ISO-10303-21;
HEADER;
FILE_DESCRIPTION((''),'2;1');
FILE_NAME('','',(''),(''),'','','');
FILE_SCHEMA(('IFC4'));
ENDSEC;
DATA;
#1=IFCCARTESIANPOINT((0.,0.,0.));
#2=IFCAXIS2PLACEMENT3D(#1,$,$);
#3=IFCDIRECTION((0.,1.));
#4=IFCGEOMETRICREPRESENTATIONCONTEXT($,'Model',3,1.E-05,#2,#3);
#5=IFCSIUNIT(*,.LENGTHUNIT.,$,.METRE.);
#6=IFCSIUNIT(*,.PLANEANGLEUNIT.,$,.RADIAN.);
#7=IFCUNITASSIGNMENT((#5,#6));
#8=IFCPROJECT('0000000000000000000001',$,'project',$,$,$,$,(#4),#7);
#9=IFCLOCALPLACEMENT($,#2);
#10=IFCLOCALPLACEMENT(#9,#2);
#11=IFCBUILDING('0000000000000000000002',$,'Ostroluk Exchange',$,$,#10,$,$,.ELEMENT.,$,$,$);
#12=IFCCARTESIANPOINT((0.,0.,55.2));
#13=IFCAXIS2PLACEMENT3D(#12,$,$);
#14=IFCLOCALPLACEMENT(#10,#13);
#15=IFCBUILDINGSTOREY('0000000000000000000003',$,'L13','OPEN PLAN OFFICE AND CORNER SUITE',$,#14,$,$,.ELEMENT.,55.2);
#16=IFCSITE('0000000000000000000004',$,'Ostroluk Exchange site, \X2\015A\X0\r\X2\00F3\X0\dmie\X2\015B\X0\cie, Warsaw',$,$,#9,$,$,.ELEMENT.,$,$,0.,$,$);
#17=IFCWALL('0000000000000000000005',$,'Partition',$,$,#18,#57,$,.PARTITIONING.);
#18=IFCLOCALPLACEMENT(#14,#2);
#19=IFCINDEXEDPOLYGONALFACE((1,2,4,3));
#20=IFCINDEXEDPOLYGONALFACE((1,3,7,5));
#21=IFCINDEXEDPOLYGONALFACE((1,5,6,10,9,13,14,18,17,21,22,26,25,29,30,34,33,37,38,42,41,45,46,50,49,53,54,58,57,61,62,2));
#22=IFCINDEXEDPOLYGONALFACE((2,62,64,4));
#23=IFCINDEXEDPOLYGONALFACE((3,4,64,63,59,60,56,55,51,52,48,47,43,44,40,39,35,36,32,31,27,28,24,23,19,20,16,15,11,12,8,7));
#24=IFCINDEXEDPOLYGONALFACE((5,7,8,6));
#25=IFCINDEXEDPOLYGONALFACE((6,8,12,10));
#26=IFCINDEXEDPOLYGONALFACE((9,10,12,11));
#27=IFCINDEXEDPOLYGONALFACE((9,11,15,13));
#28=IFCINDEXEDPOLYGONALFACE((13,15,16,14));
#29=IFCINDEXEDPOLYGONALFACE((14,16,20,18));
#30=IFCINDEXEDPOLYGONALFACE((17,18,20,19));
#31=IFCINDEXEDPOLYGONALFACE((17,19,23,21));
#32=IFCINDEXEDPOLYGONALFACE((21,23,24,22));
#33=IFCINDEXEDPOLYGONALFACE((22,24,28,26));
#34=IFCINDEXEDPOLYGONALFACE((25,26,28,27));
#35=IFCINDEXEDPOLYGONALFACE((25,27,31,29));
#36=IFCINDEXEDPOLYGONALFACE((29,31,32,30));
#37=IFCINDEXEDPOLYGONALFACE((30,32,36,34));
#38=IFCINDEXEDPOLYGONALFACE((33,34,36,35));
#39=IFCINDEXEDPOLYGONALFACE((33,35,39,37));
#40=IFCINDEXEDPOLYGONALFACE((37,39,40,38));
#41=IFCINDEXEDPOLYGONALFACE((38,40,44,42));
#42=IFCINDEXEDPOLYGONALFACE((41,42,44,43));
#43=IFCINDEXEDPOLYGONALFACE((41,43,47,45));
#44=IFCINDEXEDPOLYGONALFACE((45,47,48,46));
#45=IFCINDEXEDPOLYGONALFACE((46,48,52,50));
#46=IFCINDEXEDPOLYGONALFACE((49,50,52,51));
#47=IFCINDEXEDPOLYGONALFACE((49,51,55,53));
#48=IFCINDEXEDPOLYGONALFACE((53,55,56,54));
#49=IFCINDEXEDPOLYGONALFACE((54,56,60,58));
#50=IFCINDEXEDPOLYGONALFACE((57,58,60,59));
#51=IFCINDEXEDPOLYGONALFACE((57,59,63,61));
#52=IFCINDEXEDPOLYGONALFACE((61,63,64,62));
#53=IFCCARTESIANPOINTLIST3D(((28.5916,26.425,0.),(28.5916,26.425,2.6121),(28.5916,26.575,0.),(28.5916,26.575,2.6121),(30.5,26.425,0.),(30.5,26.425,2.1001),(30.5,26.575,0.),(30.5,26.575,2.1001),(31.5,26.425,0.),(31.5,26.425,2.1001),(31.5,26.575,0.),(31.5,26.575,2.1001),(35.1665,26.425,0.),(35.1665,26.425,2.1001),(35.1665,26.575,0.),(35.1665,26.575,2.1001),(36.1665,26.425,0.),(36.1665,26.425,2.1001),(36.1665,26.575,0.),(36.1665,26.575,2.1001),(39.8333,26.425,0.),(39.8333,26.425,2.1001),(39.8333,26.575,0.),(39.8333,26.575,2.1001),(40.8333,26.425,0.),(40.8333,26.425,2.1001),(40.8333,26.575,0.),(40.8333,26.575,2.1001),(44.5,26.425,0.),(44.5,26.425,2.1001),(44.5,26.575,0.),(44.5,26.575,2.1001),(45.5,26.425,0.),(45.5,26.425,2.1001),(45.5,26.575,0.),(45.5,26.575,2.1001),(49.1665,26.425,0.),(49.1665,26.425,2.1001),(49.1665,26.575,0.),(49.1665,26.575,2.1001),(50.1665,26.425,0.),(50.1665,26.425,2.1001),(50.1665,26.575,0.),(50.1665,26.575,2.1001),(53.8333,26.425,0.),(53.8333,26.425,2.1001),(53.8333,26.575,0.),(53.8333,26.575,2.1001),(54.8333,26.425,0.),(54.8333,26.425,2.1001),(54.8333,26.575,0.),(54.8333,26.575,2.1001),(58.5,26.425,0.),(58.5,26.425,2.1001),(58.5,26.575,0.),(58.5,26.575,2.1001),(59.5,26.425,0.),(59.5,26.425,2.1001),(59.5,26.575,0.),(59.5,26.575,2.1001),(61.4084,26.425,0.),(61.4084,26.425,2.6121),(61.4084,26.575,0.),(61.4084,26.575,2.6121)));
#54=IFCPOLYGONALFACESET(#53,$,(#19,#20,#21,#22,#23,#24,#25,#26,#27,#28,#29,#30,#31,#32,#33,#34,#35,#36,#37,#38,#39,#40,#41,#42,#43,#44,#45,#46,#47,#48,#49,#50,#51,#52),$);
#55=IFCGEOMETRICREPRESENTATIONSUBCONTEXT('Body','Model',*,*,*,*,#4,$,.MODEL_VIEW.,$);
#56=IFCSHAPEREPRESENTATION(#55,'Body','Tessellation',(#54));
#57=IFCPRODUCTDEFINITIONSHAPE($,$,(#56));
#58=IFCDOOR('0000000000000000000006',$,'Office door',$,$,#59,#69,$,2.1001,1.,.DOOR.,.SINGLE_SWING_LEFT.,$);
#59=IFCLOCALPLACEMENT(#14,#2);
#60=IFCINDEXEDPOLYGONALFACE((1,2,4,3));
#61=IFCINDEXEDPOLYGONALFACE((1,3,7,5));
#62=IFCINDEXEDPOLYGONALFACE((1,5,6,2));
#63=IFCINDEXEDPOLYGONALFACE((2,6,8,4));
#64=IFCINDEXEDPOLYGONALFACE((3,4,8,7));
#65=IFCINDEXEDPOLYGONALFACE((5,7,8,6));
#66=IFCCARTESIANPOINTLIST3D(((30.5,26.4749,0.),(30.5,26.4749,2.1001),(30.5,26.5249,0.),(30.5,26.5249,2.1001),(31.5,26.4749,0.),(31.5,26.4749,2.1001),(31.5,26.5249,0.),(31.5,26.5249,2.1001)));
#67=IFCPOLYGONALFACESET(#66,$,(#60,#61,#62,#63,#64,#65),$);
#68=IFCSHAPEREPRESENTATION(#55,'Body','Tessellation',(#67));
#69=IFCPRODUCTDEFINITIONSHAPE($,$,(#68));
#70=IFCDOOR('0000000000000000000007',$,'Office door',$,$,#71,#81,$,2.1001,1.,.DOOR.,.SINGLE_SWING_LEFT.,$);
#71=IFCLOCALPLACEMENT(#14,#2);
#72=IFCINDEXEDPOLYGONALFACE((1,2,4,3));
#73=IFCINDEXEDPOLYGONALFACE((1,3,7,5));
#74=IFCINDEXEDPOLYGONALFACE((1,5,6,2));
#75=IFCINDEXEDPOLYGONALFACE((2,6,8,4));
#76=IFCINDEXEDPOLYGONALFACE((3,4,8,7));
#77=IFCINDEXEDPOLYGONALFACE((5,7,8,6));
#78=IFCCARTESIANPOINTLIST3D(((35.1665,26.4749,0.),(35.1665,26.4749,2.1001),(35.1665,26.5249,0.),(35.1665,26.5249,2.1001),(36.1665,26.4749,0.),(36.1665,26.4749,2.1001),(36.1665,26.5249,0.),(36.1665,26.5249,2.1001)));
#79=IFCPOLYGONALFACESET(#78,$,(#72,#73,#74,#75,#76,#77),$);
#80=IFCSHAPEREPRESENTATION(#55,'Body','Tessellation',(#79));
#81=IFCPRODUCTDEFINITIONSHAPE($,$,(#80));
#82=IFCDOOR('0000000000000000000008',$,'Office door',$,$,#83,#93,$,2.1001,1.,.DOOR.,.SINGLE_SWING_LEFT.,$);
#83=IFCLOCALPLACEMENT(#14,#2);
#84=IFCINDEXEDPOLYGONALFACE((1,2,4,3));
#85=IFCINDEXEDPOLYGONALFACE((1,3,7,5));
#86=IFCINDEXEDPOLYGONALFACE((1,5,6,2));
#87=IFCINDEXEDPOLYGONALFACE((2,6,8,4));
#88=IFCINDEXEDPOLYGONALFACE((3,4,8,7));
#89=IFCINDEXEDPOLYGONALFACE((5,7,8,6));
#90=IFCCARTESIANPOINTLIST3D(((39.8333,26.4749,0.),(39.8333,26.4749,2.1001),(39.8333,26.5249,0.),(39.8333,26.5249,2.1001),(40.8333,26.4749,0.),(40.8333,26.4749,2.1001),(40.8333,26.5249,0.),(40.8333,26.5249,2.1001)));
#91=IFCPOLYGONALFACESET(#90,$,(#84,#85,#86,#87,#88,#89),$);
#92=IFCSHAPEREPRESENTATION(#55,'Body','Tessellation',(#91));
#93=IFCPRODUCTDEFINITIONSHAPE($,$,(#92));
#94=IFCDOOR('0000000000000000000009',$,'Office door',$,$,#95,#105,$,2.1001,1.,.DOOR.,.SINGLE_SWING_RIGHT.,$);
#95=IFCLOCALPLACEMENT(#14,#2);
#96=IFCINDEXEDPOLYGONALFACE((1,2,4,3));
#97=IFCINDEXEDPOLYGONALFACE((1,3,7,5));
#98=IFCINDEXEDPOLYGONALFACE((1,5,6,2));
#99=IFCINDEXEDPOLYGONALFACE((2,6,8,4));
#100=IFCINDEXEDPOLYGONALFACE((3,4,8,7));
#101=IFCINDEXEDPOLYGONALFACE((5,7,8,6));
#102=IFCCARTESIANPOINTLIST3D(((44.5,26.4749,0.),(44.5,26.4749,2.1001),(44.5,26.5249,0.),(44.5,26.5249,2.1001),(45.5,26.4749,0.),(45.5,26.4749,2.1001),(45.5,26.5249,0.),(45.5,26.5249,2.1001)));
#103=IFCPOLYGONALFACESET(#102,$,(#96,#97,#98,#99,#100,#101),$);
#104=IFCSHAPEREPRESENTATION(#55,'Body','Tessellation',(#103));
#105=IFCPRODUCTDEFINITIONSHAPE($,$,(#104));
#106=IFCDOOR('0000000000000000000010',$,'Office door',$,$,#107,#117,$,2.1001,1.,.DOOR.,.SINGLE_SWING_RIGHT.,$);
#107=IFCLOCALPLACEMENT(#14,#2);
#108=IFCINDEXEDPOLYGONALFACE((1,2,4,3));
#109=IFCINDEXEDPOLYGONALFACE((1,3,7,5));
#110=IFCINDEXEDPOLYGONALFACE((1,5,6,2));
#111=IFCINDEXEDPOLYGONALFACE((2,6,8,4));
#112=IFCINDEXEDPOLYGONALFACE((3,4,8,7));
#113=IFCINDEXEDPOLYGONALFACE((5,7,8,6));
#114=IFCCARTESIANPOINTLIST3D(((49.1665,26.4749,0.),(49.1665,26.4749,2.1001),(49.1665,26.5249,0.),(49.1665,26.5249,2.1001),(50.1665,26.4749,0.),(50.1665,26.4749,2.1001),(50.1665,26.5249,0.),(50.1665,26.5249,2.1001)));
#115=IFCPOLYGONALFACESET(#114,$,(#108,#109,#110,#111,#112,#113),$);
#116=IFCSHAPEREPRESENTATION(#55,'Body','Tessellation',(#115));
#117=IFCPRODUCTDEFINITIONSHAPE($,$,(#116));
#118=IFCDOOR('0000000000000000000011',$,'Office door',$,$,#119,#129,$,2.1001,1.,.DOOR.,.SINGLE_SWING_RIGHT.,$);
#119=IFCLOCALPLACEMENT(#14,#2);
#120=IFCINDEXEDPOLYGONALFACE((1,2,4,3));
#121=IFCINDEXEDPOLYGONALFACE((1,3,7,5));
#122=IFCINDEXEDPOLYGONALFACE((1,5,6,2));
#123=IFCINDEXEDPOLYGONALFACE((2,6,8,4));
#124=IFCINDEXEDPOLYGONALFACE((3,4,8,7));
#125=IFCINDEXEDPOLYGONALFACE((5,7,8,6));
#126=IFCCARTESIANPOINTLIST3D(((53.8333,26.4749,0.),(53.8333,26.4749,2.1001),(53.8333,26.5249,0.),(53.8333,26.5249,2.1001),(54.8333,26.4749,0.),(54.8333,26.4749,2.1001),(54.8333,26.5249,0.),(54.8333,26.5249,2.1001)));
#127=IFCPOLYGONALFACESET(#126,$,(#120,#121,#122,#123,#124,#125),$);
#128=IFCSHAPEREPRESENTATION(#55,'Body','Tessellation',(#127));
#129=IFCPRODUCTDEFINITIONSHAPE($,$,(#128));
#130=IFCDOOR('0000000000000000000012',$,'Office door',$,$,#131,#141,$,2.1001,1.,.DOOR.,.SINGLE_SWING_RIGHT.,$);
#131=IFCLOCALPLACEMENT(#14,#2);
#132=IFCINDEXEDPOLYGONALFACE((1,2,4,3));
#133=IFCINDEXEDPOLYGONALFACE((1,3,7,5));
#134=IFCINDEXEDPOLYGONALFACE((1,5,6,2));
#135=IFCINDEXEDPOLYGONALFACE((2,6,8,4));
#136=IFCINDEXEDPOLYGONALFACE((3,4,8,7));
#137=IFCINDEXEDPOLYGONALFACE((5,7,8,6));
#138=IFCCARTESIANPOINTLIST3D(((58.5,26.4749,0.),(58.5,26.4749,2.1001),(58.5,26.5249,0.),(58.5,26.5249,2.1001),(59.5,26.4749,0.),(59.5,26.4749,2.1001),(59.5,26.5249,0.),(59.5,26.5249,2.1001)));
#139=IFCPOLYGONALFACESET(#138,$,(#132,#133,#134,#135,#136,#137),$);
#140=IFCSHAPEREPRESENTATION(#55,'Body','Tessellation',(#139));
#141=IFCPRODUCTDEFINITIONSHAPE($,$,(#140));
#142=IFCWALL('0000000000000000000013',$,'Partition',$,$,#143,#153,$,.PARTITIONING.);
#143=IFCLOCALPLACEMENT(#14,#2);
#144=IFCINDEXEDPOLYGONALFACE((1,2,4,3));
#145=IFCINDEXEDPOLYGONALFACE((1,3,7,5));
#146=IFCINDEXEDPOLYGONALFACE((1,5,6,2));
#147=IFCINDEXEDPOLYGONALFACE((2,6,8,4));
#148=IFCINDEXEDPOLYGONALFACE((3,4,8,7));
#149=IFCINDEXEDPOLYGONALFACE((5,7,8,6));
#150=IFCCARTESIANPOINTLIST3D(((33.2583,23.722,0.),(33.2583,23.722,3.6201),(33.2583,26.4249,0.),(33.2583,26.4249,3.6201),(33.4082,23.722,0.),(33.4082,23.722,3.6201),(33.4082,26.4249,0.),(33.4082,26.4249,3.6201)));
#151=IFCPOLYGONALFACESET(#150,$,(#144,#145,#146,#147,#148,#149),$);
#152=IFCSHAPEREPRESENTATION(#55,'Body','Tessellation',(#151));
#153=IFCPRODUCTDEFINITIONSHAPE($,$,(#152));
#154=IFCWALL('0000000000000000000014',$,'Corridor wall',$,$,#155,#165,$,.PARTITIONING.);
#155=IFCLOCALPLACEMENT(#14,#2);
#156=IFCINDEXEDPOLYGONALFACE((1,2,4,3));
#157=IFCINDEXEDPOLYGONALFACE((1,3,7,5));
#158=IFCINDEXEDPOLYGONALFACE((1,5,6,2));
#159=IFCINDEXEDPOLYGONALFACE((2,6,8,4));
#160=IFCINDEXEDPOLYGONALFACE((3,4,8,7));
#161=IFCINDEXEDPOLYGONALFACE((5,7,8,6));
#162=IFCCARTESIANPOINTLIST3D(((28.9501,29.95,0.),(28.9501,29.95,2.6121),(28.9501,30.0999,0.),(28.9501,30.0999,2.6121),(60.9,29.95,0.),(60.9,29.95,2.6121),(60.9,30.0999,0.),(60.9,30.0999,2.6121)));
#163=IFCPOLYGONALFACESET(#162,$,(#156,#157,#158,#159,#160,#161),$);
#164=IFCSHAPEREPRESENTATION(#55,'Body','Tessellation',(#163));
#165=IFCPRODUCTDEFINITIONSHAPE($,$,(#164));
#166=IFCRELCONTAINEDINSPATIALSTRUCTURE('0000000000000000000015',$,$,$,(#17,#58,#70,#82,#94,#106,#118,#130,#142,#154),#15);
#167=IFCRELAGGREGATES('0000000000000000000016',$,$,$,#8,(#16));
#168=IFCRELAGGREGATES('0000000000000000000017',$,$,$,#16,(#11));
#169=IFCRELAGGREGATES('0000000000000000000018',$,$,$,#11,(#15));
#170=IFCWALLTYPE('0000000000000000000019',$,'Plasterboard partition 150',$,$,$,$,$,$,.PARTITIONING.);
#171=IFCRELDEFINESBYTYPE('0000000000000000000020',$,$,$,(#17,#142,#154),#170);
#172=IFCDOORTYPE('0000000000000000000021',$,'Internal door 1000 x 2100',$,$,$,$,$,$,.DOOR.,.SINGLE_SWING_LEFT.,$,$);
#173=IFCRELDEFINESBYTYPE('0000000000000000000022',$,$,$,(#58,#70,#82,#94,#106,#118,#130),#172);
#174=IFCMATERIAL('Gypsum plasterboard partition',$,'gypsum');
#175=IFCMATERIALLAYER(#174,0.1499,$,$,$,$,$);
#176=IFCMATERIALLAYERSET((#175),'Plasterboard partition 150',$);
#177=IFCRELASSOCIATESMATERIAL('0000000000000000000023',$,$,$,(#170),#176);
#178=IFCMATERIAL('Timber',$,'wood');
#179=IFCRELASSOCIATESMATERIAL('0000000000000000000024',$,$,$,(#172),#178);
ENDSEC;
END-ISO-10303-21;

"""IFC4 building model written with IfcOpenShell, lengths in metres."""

from ifc_helpers import new_model, si_unit, direction, frame, frame_2d, origin, place, context, subcontext, project, spatial, rectangle, extrude, material, layer, layer_set, type_object, element, fill, save


model = new_model("IFC4")

# Units and contexts
model_context = context("Model", 3, precision=1e-05, world=origin(), true_north=direction((0.0, 1.0)))
body_context = subcontext(model_context, "Body", "Model", "MODEL_VIEW")
ifc_project = project(units=[si_unit("LENGTHUNIT", "METRE"), si_unit("PLANEANGLEUNIT", "RADIAN")], contexts=[model_context])

# Site, building, storey
site_placement = place(None, origin())
site = spatial("IfcSite", under=ifc_project, at=site_placement, Name="Ostroluk Exchange site, Śródmieście, Warsaw", CompositionType="ELEMENT", RefElevation=0.0)
building_placement = place(site_placement, origin())
building = spatial("IfcBuilding", under=site, at=building_placement, Name="Ostroluk Exchange", CompositionType="ELEMENT")
storey_placement = place(building_placement, frame((0.0, 0.0, 55.2)))
storey = spatial("IfcBuildingStorey", under=building, at=storey_placement, Name="L13", Description="OPEN PLAN OFFICE AND CORNER SUITE", CompositionType="ELEMENT", Elevation=55.2)

# Wall, openings, doors
ifc_material_1 = material(Name="Gypsum plasterboard partition", Category="gypsum")
ifc_layer_1 = layer(ifc_material_1, 0.1499)
ifc_layer_set_1 = layer_set([ifc_layer_1], Name="Plasterboard partition 150")
wall_type_1 = type_object("IfcWallType", Name="Plasterboard partition 150", PredefinedType="PARTITIONING", material=ifc_layer_set_1)
wall_1_placement = place(storey_placement, frame((28.5916, 26.5, 0.0), z_axis=(0.0, 0.0, 1.0), x_axis=(1.0, 0.0, 0.0)))
wall_1 = element("IfcWall", 1, at=wall_1_placement, inside=storey, type_object=wall_type_1, Name="Partition", PredefinedType="PARTITIONING", context=body_context, shape_type="SweptSolid", body=[
    extrude(rectangle(XDim=32.8169, YDim=0.1499, at=frame_2d((16.4084, 0.0))), origin(), (0.0, 0.0, 1.0), 2.6121),
])
opening_1_placement = place(wall_1_placement, frame((1.9084, 0.0, 0.0)))
opening_1 = element("IfcOpeningElement", 2, at=opening_1_placement, cuts=wall_1, PredefinedType="OPENING", context=body_context, shape_type="SweptSolid", body=[
    extrude(rectangle(XDim=1.0, YDim=2.1001, at=frame_2d((0.5, 1.05))), frame((0.0, 0.085, 0.0), z_axis=(0.0, -1.0, 0.0), x_axis=(1.0, 0.0, 0.0)), (0.0, 0.0, 1.0), 0.1699),
])
opening_2_placement = place(wall_1_placement, frame((6.575, 0.0, 0.0)))
opening_2 = element("IfcOpeningElement", 3, at=opening_2_placement, cuts=wall_1, PredefinedType="OPENING", context=body_context, shape_type="SweptSolid", body=[
    extrude(rectangle(XDim=1.0, YDim=2.1001, at=frame_2d((0.5, 1.05))), frame((0.0, 0.085, 0.0), z_axis=(0.0, -1.0, 0.0), x_axis=(1.0, 0.0, 0.0)), (0.0, 0.0, 1.0), 0.1699),
])
opening_3_placement = place(wall_1_placement, frame((11.2417, 0.0, 0.0)))
opening_3 = element("IfcOpeningElement", 4, at=opening_3_placement, cuts=wall_1, PredefinedType="OPENING", context=body_context, shape_type="SweptSolid", body=[
    extrude(rectangle(XDim=1.0, YDim=2.1001, at=frame_2d((0.5, 1.05))), frame((0.0, 0.085, 0.0), z_axis=(0.0, -1.0, 0.0), x_axis=(1.0, 0.0, 0.0)), (0.0, 0.0, 1.0), 0.1699),
])
opening_4_placement = place(wall_1_placement, frame((15.9084, 0.0, 0.0)))
opening_4 = element("IfcOpeningElement", 5, at=opening_4_placement, cuts=wall_1, PredefinedType="OPENING", context=body_context, shape_type="SweptSolid", body=[
    extrude(rectangle(XDim=1.0, YDim=2.1001, at=frame_2d((0.5, 1.05))), frame((0.0, 0.085, 0.0), z_axis=(0.0, -1.0, 0.0), x_axis=(1.0, 0.0, 0.0)), (0.0, 0.0, 1.0), 0.1699),
])
opening_5_placement = place(wall_1_placement, frame((20.575, 0.0, 0.0)))
opening_5 = element("IfcOpeningElement", 6, at=opening_5_placement, cuts=wall_1, PredefinedType="OPENING", context=body_context, shape_type="SweptSolid", body=[
    extrude(rectangle(XDim=1.0, YDim=2.1001, at=frame_2d((0.5, 1.05))), frame((0.0, 0.085, 0.0), z_axis=(0.0, -1.0, 0.0), x_axis=(1.0, 0.0, 0.0)), (0.0, 0.0, 1.0), 0.1699),
])
opening_6_placement = place(wall_1_placement, frame((25.2417, 0.0, 0.0)))
opening_6 = element("IfcOpeningElement", 7, at=opening_6_placement, cuts=wall_1, PredefinedType="OPENING", context=body_context, shape_type="SweptSolid", body=[
    extrude(rectangle(XDim=1.0, YDim=2.1001, at=frame_2d((0.5, 1.05))), frame((0.0, 0.085, 0.0), z_axis=(0.0, -1.0, 0.0), x_axis=(1.0, 0.0, 0.0)), (0.0, 0.0, 1.0), 0.1699),
])
opening_7_placement = place(wall_1_placement, frame((29.9084, 0.0, 0.0)))
opening_7 = element("IfcOpeningElement", 8, at=opening_7_placement, cuts=wall_1, PredefinedType="OPENING", context=body_context, shape_type="SweptSolid", body=[
    extrude(rectangle(XDim=1.0, YDim=2.1001, at=frame_2d((0.5, 1.05))), frame((0.0, 0.085, 0.0), z_axis=(0.0, -1.0, 0.0), x_axis=(1.0, 0.0, 0.0)), (0.0, 0.0, 1.0), 0.1699),
])
ifc_material_2 = material(Name="Timber", Category="wood")
door_type_1 = type_object("IfcDoorType", Name="Internal door 1000 x 2100", OperationType="SINGLE_SWING_LEFT", PredefinedType="DOOR", material=ifc_material_2)
door_1_placement = place(opening_1_placement, origin())
door_1 = element("IfcDoor", 9, at=door_1_placement, inside=storey, type_object=door_type_1, Name="Office door", OperationType="SINGLE_SWING_LEFT", OverallHeight=2.1001, OverallWidth=1.0, PredefinedType="DOOR", context=body_context, shape_type="SweptSolid", body=[
    extrude(rectangle(XDim=1.0, YDim=2.1001, at=frame_2d((0.5, 1.05))), frame((0.0, 0.0249, 0.0), z_axis=(0.0, -1.0, 0.0), x_axis=(1.0, 0.0, 0.0)), (0.0, 0.0, 1.0), 0.05),
])
fill(opening_1, door_1)
door_2_placement = place(opening_2_placement, origin())
door_2 = element("IfcDoor", 10, at=door_2_placement, inside=storey, type_object=door_type_1, Name="Office door", OperationType="SINGLE_SWING_LEFT", OverallHeight=2.1001, OverallWidth=1.0, PredefinedType="DOOR", context=body_context, shape_type="SweptSolid", body=[
    extrude(rectangle(XDim=1.0, YDim=2.1001, at=frame_2d((0.5, 1.05))), frame((0.0, 0.0249, 0.0), z_axis=(0.0, -1.0, 0.0), x_axis=(1.0, 0.0, 0.0)), (0.0, 0.0, 1.0), 0.05),
])
fill(opening_2, door_2)
door_3_placement = place(opening_3_placement, origin())
door_3 = element("IfcDoor", 11, at=door_3_placement, inside=storey, type_object=door_type_1, Name="Office door", OperationType="SINGLE_SWING_LEFT", OverallHeight=2.1001, OverallWidth=1.0, PredefinedType="DOOR", context=body_context, shape_type="SweptSolid", body=[
    extrude(rectangle(XDim=1.0, YDim=2.1001, at=frame_2d((0.5, 1.05))), frame((0.0, 0.0249, 0.0), z_axis=(0.0, -1.0, 0.0), x_axis=(1.0, 0.0, 0.0)), (0.0, 0.0, 1.0), 0.05),
])
fill(opening_3, door_3)
door_4_placement = place(opening_4_placement, origin())
door_4 = element("IfcDoor", 12, at=door_4_placement, inside=storey, type_object=door_type_1, Name="Office door", OperationType="SINGLE_SWING_RIGHT", OverallHeight=2.1001, OverallWidth=1.0, PredefinedType="DOOR", context=body_context, shape_type="SweptSolid", body=[
    extrude(rectangle(XDim=1.0, YDim=2.1001, at=frame_2d((0.5, 1.05))), frame((0.0, 0.0249, 0.0), z_axis=(0.0, -1.0, 0.0), x_axis=(1.0, 0.0, 0.0)), (0.0, 0.0, 1.0), 0.05),
])
fill(opening_4, door_4)
door_5_placement = place(opening_5_placement, origin())
door_5 = element("IfcDoor", 13, at=door_5_placement, inside=storey, type_object=door_type_1, Name="Office door", OperationType="SINGLE_SWING_RIGHT", OverallHeight=2.1001, OverallWidth=1.0, PredefinedType="DOOR", context=body_context, shape_type="SweptSolid", body=[
    extrude(rectangle(XDim=1.0, YDim=2.1001, at=frame_2d((0.5, 1.05))), frame((0.0, 0.0249, 0.0), z_axis=(0.0, -1.0, 0.0), x_axis=(1.0, 0.0, 0.0)), (0.0, 0.0, 1.0), 0.05),
])
fill(opening_5, door_5)
door_6_placement = place(opening_6_placement, origin())
door_6 = element("IfcDoor", 14, at=door_6_placement, inside=storey, type_object=door_type_1, Name="Office door", OperationType="SINGLE_SWING_RIGHT", OverallHeight=2.1001, OverallWidth=1.0, PredefinedType="DOOR", context=body_context, shape_type="SweptSolid", body=[
    extrude(rectangle(XDim=1.0, YDim=2.1001, at=frame_2d((0.5, 1.05))), frame((0.0, 0.0249, 0.0), z_axis=(0.0, -1.0, 0.0), x_axis=(1.0, 0.0, 0.0)), (0.0, 0.0, 1.0), 0.05),
])
fill(opening_6, door_6)
door_7_placement = place(opening_7_placement, origin())
door_7 = element("IfcDoor", 15, at=door_7_placement, inside=storey, type_object=door_type_1, Name="Office door", OperationType="SINGLE_SWING_RIGHT", OverallHeight=2.1001, OverallWidth=1.0, PredefinedType="DOOR", context=body_context, shape_type="SweptSolid", body=[
    extrude(rectangle(XDim=1.0, YDim=2.1001, at=frame_2d((0.5, 1.05))), frame((0.0, 0.0249, 0.0), z_axis=(0.0, -1.0, 0.0), x_axis=(1.0, 0.0, 0.0)), (0.0, 0.0, 1.0), 0.05),
])
fill(opening_7, door_7)

# Walls
wall_2_placement = place(storey_placement, frame((33.3333, 26.425, 0.0), z_axis=(0.0, 0.0, 1.0), x_axis=(0.0, -1.0, 0.0)))
element("IfcWall", 16, at=wall_2_placement, inside=storey, type_object=wall_type_1, Name="Partition", PredefinedType="PARTITIONING", context=body_context, shape_type="SweptSolid", body=[
    extrude(rectangle(XDim=2.7029, YDim=0.1499, at=frame_2d((1.3516, 0.0))), origin(), (0.0, 0.0, 1.0), 3.6201),
])
wall_3_placement = place(storey_placement, frame((28.95, 30.0249, 0.0), z_axis=(0.0, 0.0, 1.0), x_axis=(1.0, 0.0, 0.0)))
element("IfcWall", 17, at=wall_3_placement, inside=storey, type_object=wall_type_1, Name="Corridor wall", PredefinedType="PARTITIONING", context=body_context, shape_type="SweptSolid", body=[
    extrude(rectangle(XDim=31.95, YDim=0.1499, at=frame_2d((15.9751, 0.0))), origin(), (0.0, 0.0, 1.0), 2.6121),
])

save(model, "model.ifc")
